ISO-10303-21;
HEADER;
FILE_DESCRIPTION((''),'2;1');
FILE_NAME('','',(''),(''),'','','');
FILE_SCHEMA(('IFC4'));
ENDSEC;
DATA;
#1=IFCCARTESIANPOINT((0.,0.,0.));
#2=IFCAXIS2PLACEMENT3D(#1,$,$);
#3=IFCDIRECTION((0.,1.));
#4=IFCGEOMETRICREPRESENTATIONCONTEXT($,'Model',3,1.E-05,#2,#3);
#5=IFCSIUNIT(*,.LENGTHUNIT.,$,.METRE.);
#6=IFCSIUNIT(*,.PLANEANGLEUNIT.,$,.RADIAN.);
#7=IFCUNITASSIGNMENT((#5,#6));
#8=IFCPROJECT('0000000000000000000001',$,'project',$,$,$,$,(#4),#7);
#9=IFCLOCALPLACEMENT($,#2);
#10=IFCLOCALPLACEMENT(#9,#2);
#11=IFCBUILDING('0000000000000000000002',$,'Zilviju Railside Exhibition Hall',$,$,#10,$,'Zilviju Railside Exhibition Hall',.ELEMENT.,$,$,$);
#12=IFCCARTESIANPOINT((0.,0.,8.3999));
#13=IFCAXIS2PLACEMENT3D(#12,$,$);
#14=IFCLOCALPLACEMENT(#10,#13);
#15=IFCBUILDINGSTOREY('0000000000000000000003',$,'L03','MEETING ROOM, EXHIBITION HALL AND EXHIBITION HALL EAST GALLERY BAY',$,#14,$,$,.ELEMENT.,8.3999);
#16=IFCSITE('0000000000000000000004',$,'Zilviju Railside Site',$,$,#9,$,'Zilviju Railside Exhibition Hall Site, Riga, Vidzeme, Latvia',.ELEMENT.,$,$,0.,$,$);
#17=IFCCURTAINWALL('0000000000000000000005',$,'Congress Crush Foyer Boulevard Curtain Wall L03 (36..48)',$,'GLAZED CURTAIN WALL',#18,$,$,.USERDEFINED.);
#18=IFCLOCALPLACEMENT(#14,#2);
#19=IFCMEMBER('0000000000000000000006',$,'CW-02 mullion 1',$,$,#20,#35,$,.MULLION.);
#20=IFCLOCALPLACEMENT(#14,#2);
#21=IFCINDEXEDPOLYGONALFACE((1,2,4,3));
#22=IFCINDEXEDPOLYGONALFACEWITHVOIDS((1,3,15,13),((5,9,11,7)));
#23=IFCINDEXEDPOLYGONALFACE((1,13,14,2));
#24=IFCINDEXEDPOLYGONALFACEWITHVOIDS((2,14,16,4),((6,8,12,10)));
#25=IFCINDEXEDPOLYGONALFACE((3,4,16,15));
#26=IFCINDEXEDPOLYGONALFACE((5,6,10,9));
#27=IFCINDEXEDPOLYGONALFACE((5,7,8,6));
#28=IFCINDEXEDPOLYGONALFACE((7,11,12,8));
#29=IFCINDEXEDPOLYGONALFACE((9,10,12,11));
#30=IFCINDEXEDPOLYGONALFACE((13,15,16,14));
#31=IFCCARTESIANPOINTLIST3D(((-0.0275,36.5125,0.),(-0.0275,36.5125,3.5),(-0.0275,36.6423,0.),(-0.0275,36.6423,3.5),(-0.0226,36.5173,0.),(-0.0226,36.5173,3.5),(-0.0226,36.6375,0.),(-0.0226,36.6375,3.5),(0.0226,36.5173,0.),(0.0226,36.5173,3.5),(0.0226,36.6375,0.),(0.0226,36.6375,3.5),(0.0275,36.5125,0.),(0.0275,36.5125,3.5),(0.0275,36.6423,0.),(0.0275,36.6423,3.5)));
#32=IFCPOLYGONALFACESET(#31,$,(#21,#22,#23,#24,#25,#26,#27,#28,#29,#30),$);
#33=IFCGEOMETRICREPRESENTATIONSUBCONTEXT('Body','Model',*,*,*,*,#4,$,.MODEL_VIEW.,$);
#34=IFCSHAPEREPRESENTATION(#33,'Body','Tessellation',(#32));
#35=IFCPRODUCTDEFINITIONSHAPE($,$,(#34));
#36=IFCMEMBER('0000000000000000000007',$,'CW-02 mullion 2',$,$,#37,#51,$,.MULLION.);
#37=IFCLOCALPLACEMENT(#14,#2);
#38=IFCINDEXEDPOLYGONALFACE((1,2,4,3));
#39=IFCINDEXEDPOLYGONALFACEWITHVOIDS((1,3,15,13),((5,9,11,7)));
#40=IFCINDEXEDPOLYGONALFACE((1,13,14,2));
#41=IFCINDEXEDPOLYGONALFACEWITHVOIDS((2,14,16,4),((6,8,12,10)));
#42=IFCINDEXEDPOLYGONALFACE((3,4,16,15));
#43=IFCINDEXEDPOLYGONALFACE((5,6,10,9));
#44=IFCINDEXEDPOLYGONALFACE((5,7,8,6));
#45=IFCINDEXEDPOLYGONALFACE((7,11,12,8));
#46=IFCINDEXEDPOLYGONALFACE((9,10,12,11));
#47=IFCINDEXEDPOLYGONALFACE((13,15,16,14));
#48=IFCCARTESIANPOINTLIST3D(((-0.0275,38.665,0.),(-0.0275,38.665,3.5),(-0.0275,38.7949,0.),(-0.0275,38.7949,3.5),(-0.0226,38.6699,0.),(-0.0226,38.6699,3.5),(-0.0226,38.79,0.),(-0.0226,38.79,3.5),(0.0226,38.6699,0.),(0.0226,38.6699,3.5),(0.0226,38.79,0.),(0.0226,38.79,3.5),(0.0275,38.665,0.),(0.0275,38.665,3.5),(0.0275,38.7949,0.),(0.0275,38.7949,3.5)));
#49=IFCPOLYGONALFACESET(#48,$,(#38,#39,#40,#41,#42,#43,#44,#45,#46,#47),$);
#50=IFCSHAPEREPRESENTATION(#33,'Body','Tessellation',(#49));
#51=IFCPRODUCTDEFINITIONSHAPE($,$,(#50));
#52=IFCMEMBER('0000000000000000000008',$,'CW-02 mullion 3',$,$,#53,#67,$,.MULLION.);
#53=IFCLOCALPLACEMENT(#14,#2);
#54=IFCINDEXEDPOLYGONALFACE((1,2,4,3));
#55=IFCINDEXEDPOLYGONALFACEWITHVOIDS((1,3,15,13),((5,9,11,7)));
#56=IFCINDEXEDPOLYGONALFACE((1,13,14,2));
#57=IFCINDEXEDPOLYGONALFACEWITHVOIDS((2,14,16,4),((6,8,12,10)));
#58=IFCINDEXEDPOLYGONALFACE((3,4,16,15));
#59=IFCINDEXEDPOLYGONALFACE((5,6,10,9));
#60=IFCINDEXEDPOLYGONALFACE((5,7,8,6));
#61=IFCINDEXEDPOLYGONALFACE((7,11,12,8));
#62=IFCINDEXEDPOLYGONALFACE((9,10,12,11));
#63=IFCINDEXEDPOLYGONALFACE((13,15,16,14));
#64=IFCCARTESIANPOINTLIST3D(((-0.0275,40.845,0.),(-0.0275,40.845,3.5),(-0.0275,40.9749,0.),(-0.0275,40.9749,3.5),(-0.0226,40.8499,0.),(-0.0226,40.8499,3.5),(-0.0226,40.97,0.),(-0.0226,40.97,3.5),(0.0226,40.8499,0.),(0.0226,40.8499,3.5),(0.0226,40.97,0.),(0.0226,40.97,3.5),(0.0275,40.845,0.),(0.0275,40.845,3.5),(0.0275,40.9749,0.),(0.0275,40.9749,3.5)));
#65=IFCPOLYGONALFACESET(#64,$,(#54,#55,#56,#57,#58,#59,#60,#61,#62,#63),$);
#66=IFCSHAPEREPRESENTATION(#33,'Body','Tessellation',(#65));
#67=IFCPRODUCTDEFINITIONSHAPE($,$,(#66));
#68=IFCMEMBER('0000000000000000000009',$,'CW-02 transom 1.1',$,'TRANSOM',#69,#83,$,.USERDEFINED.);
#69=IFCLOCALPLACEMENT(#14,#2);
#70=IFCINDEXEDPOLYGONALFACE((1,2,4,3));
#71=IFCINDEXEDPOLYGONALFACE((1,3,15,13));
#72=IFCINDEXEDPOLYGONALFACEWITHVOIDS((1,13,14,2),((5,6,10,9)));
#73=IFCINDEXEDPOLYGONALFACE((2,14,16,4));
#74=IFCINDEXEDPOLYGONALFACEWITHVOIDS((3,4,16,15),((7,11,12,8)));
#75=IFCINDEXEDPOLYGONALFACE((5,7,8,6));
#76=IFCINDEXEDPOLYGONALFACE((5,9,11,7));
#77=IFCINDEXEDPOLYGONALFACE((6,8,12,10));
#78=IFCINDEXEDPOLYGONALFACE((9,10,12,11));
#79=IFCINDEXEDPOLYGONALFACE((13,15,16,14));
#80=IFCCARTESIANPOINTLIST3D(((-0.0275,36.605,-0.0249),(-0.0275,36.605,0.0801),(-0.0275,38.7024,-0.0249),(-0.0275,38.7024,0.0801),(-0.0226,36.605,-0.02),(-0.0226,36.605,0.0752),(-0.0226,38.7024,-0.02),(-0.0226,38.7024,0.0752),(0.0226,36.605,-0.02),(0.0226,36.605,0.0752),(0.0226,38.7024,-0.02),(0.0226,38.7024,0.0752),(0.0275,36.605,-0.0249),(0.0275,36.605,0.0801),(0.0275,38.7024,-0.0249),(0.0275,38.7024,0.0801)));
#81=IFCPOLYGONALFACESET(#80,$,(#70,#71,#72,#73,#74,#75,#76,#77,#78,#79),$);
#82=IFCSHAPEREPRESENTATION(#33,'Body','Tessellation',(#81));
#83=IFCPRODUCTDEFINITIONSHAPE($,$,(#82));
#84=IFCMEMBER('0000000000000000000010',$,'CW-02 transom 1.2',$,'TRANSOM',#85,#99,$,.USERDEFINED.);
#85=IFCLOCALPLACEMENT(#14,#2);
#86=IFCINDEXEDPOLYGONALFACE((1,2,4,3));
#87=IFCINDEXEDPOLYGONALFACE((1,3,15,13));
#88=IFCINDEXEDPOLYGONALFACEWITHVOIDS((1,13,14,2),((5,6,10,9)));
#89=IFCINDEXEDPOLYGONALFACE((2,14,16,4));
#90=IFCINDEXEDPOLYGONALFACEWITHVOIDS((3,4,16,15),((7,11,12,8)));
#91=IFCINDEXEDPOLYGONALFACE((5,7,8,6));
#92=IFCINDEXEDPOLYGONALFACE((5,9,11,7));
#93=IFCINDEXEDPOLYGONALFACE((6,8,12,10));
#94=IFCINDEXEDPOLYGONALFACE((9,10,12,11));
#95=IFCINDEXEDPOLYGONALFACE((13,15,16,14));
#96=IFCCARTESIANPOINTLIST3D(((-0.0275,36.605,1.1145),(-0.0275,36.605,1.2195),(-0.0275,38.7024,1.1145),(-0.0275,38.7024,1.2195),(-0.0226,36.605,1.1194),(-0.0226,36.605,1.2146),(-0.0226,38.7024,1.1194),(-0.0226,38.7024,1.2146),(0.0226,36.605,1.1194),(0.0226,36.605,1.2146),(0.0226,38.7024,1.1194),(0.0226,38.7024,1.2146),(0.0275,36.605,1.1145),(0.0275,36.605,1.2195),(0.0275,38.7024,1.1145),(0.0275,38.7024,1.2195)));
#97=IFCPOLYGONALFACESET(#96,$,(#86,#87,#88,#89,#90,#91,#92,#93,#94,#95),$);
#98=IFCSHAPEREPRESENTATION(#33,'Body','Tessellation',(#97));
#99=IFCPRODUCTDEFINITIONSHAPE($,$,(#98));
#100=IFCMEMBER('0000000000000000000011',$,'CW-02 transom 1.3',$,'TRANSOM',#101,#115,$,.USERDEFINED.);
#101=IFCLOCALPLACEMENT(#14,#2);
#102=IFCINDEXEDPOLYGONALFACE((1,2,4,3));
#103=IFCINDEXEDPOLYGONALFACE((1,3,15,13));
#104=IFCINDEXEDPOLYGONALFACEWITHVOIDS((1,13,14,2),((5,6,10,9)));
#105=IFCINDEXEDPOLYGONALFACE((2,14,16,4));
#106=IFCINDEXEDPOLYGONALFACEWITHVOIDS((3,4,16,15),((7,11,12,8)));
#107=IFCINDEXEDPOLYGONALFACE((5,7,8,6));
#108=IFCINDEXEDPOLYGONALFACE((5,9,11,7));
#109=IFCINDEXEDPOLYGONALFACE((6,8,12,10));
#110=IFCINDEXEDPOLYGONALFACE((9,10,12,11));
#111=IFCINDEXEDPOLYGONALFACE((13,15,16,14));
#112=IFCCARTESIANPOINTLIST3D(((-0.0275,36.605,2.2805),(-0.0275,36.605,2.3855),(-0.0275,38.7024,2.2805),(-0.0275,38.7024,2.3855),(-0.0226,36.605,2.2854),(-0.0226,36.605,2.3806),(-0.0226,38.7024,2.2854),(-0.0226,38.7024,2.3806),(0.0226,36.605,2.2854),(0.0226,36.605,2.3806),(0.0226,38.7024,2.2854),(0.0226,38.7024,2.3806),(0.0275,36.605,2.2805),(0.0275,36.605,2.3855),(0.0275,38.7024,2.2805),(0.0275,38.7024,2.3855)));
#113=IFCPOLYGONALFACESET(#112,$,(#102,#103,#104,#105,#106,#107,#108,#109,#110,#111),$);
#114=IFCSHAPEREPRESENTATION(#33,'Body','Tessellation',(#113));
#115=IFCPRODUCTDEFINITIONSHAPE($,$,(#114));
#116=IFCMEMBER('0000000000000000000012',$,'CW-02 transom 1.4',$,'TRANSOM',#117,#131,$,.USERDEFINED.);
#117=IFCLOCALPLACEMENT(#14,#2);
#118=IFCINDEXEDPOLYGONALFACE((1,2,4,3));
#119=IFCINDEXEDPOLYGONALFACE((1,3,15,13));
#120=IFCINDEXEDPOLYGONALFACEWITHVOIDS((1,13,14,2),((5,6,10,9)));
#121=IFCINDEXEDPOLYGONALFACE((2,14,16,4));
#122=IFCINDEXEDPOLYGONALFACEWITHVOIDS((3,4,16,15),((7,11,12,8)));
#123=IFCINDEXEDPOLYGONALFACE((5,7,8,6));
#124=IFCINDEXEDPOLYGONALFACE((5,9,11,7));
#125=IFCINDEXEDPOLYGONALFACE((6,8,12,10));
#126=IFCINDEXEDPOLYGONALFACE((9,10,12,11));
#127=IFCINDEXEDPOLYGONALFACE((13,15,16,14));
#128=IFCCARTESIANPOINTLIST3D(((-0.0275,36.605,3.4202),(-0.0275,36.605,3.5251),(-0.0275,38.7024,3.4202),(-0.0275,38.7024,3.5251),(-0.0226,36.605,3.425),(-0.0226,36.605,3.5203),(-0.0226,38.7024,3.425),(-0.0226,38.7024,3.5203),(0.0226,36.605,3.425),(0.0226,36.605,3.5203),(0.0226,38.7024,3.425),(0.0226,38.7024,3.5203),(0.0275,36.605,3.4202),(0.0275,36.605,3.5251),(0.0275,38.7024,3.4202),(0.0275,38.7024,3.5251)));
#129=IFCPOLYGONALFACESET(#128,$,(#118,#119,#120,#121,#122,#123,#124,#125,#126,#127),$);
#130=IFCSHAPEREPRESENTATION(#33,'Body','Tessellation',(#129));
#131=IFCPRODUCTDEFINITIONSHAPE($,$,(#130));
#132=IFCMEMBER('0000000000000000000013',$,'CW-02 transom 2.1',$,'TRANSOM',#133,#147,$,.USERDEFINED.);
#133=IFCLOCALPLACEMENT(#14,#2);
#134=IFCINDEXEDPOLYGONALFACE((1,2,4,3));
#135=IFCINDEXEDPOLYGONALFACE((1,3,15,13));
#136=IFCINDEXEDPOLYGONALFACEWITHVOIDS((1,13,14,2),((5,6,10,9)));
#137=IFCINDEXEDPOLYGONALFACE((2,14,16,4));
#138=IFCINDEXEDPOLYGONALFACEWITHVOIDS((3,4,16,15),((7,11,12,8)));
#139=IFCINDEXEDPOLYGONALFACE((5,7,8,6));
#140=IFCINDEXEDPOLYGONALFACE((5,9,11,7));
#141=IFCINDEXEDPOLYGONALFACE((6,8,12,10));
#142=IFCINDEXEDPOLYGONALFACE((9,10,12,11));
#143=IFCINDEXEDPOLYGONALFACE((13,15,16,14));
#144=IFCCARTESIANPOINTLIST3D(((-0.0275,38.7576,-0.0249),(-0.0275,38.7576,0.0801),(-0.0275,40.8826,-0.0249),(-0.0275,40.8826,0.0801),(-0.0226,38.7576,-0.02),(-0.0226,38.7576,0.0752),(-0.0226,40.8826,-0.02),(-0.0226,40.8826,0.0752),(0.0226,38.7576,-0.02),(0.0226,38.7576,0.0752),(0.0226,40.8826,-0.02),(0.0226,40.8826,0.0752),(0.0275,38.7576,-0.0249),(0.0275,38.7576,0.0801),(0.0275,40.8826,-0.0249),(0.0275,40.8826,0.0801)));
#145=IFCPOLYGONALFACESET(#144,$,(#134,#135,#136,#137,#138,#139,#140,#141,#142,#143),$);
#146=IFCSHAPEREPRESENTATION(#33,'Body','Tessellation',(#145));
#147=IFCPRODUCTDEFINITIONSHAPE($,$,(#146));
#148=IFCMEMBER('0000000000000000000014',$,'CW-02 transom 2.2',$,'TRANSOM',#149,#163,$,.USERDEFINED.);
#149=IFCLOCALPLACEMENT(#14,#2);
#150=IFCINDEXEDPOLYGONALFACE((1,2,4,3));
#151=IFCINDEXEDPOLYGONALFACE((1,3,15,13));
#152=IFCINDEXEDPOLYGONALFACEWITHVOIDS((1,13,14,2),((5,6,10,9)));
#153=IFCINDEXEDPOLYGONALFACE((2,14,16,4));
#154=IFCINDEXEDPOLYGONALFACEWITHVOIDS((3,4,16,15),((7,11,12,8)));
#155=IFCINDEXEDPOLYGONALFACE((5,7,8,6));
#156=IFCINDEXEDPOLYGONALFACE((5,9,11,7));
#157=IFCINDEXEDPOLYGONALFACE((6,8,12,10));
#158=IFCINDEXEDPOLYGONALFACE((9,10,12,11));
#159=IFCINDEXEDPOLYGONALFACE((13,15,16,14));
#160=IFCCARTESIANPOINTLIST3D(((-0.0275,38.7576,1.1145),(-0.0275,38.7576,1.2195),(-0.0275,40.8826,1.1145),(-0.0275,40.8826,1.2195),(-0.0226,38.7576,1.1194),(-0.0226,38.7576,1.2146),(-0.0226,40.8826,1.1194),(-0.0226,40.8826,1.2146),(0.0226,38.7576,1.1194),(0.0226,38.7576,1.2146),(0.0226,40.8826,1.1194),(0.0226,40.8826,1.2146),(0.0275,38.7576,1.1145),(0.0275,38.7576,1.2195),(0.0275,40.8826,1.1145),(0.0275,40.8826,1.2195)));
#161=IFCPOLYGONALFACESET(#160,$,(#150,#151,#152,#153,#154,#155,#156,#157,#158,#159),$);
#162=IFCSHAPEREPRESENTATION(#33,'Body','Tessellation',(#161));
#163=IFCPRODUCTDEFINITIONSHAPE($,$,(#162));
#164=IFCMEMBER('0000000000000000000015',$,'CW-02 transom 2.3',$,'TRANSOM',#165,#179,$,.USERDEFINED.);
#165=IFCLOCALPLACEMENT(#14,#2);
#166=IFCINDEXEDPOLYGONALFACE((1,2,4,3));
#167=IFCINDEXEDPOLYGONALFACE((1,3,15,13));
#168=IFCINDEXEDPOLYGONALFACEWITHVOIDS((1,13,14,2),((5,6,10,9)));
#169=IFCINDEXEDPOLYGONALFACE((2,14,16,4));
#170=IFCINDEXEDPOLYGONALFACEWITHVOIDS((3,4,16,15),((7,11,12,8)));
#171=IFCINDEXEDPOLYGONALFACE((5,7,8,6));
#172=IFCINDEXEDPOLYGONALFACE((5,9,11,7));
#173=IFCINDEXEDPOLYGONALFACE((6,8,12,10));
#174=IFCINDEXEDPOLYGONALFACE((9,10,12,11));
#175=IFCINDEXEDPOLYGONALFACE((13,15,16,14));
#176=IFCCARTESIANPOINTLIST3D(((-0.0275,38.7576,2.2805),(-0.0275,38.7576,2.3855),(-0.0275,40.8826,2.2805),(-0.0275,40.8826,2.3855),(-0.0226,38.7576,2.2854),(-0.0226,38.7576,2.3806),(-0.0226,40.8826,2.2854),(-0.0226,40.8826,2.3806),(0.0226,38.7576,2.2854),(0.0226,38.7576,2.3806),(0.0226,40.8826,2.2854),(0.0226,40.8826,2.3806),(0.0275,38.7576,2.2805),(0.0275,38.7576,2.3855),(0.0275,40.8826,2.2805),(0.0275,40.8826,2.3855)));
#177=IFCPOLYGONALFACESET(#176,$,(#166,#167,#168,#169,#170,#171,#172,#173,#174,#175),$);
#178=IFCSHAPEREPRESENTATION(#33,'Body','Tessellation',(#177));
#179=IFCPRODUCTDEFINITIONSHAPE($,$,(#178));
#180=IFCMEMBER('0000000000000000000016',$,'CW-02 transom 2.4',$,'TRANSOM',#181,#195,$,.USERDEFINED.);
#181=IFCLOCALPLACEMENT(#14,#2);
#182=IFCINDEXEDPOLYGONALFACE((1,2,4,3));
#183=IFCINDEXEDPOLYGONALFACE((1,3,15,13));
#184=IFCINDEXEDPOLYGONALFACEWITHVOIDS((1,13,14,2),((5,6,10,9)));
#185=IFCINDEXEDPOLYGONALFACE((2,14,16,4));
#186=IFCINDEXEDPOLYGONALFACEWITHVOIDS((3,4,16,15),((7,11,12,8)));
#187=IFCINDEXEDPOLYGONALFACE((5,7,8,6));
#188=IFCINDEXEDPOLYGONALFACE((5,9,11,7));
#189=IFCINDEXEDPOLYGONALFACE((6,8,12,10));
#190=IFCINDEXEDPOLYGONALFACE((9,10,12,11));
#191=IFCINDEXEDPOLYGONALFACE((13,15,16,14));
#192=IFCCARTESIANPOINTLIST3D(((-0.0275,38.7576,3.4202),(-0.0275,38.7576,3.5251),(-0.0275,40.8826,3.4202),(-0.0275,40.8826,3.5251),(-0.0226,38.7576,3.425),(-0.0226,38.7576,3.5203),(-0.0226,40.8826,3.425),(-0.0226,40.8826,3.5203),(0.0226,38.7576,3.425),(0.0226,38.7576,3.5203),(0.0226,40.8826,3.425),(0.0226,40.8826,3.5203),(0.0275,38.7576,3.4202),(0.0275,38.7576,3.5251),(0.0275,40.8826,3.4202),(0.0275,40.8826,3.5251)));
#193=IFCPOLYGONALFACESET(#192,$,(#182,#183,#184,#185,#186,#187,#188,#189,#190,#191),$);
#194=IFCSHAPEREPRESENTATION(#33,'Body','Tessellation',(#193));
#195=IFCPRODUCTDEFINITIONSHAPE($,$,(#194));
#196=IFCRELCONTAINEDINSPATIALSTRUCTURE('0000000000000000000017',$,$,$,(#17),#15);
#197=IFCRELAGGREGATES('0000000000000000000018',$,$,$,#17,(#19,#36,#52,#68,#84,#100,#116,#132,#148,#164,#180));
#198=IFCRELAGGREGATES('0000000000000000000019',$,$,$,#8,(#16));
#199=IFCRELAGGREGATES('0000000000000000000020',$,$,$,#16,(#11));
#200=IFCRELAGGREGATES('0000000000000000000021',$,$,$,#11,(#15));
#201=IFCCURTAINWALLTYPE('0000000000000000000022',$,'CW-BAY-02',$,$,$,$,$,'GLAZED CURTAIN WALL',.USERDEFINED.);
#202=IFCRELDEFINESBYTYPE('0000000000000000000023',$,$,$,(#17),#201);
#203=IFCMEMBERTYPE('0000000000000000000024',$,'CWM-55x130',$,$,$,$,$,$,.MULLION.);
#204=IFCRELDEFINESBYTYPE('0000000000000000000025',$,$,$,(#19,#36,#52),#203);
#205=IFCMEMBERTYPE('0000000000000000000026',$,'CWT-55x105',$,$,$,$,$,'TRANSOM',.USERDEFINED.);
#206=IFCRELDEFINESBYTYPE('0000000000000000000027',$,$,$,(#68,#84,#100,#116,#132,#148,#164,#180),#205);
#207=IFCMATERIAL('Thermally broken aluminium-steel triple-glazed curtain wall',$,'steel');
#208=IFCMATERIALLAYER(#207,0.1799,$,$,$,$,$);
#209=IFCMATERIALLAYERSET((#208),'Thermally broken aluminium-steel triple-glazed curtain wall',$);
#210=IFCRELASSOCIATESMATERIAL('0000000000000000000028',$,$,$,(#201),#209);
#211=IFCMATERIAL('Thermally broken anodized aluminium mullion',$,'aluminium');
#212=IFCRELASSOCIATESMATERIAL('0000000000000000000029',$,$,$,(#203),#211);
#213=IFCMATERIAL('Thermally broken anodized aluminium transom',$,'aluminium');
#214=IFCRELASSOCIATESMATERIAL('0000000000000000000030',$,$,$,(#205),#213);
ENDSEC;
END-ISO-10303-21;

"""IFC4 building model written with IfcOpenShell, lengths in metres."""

from ifc_helpers import new_model, si_unit, direction, frame, origin, origin_2d, place, context, subcontext, project, spatial, hollow_rectangle, extrude, material, layer, layer_set, material_profile, profile_set, type_object, element, aggregate, save


model = new_model("IFC4")

# Units and contexts
model_context = context("Model", 3, precision=1e-05, world=origin(), true_north=direction((0.0, 1.0)))
body_context = subcontext(model_context, "Body", "Model", "MODEL_VIEW")
ifc_project = project(units=[si_unit("LENGTHUNIT", "METRE"), si_unit("PLANEANGLEUNIT", "RADIAN")], contexts=[model_context])

# Site, building, storey
site_placement = place(None, origin())
site = spatial("IfcSite", under=ifc_project, at=site_placement, Name="Zilviju Railside Site", LongName="Zilviju Railside Exhibition Hall Site, Riga, Vidzeme, Latvia", CompositionType="ELEMENT", RefElevation=0.0)
building_placement = place(site_placement, origin())
building = spatial("IfcBuilding", under=site, at=building_placement, Name="Zilviju Railside Exhibition Hall", LongName="Zilviju Railside Exhibition Hall", CompositionType="ELEMENT")
storey_placement = place(building_placement, frame((0.0, 0.0, 8.3999)))
storey = spatial("IfcBuildingStorey", under=building, at=storey_placement, Name="L03", Description="MEETING ROOM, EXHIBITION HALL AND EXHIBITION HALL EAST GALLERY BAY", CompositionType="ELEMENT", Elevation=8.3999)

# Curtain wall, members
ifc_material_1 = material(Name="Thermally broken aluminium-steel triple-glazed curtain wall", Category="steel")
ifc_layer_1 = layer(ifc_material_1, 0.1799)
ifc_layer_set_1 = layer_set([ifc_layer_1], Name="Thermally broken aluminium-steel triple-glazed curtain wall")
curtain_wall_type = type_object("IfcCurtainWallType", Name="CW-BAY-02", ElementType="GLAZED CURTAIN WALL", PredefinedType="USERDEFINED", material=ifc_layer_set_1)
curtain_wall_placement = place(storey_placement, origin())
curtain_wall = element("IfcCurtainWall", 1, at=curtain_wall_placement, inside=storey, type_object=curtain_wall_type, Name="Congress Crush Foyer Boulevard Curtain Wall L03 (36..48)", ObjectType="GLAZED CURTAIN WALL", PredefinedType="USERDEFINED")
ifc_material_2 = material(Name="Thermally broken anodized aluminium mullion", Category="aluminium")
ifc_material_profile_1 = material_profile(ifc_material_2, hollow_rectangle(XDim=0.0549, YDim=0.1299, WallThickness=0.0049, at=origin_2d()), Name="MULLION 130x55x5")
ifc_profile_set_1 = profile_set([ifc_material_profile_1], Name="Thermally broken anodized aluminium mullion")
member_type_1 = type_object("IfcMemberType", Name="CWM-55x130", PredefinedType="MULLION", material=ifc_profile_set_1)
member_1_placement = place(storey_placement, frame((0.0, 36.5774, 0.0), z_axis=(0.0, 0.0, 1.0), x_axis=(-1.0, 0.0, 0.0)))
member_1 = element("IfcMember", 2, at=member_1_placement, type_object=member_type_1, Name="CW-02 mullion 1", PredefinedType="MULLION", context=body_context, shape_type="SweptSolid", body=[
    extrude(hollow_rectangle(XDim=0.0549, YDim=0.1299, WallThickness=0.0049, at=origin_2d()), origin(), (0.0, 0.0, 1.0), 3.5),
])
member_2_placement = place(storey_placement, frame((0.0, 38.73, 0.0), z_axis=(0.0, 0.0, 1.0), x_axis=(-1.0, 0.0, 0.0)))
member_2 = element("IfcMember", 3, at=member_2_placement, type_object=member_type_1, Name="CW-02 mullion 2", PredefinedType="MULLION", context=body_context, shape_type="SweptSolid", body=[
    extrude(hollow_rectangle(XDim=0.0549, YDim=0.1299, WallThickness=0.0049, at=origin_2d()), origin(), (0.0, 0.0, 1.0), 3.5),
])
member_3_placement = place(storey_placement, frame((0.0, 40.9099, 0.0), z_axis=(0.0, 0.0, 1.0), x_axis=(-1.0, 0.0, 0.0)))
member_3 = element("IfcMember", 4, at=member_3_placement, type_object=member_type_1, Name="CW-02 mullion 3", PredefinedType="MULLION", context=body_context, shape_type="SweptSolid", body=[
    extrude(hollow_rectangle(XDim=0.0549, YDim=0.1299, WallThickness=0.0049, at=origin_2d()), origin(), (0.0, 0.0, 1.0), 3.5),
])
ifc_material_3 = material(Name="Thermally broken anodized aluminium transom", Category="aluminium")
ifc_material_profile_2 = material_profile(ifc_material_3, hollow_rectangle(XDim=0.0549, YDim=0.105, WallThickness=0.0049, at=origin_2d()), Name="TRANSOM 105x55x5")
ifc_profile_set_2 = profile_set([ifc_material_profile_2], Name="Thermally broken anodized aluminium transom")
member_type_2 = type_object("IfcMemberType", Name="CWT-55x105", ElementType="TRANSOM", PredefinedType="USERDEFINED", material=ifc_profile_set_2)
member_4_placement = place(storey_placement, frame((0.0, 36.605, 0.0276), z_axis=(0.0, 1.0, 0.0), x_axis=(-1.0, 0.0, 0.0)))
member_4 = element("IfcMember", 5, at=member_4_placement, type_object=member_type_2, Name="CW-02 transom 1.1", ObjectType="TRANSOM", PredefinedType="USERDEFINED", context=body_context, shape_type="SweptSolid", body=[
    extrude(hollow_rectangle(XDim=0.0549, YDim=0.105, WallThickness=0.0049, at=origin_2d()), origin(), (0.0, 0.0, 1.0), 2.0974),
])
member_5_placement = place(storey_placement, frame((0.0, 36.605, 1.167), z_axis=(0.0, 1.0, 0.0), x_axis=(-1.0, 0.0, 0.0)))
member_5 = element("IfcMember", 6, at=member_5_placement, type_object=member_type_2, Name="CW-02 transom 1.2", ObjectType="TRANSOM", PredefinedType="USERDEFINED", context=body_context, shape_type="SweptSolid", body=[
    extrude(hollow_rectangle(XDim=0.0549, YDim=0.105, WallThickness=0.0049, at=origin_2d()), origin(), (0.0, 0.0, 1.0), 2.0974),
])
member_6_placement = place(storey_placement, frame((0.0, 36.605, 2.333), z_axis=(0.0, 1.0, 0.0), x_axis=(-1.0, 0.0, 0.0)))
member_6 = element("IfcMember", 7, at=member_6_placement, type_object=member_type_2, Name="CW-02 transom 1.3", ObjectType="TRANSOM", PredefinedType="USERDEFINED", context=body_context, shape_type="SweptSolid", body=[
    extrude(hollow_rectangle(XDim=0.0549, YDim=0.105, WallThickness=0.0049, at=origin_2d()), origin(), (0.0, 0.0, 1.0), 2.0974),
])
member_7_placement = place(storey_placement, frame((0.0, 36.605, 3.4727), z_axis=(0.0, 1.0, 0.0), x_axis=(-1.0, 0.0, 0.0)))
member_7 = element("IfcMember", 8, at=member_7_placement, type_object=member_type_2, Name="CW-02 transom 1.4", ObjectType="TRANSOM", PredefinedType="USERDEFINED", context=body_context, shape_type="SweptSolid", body=[
    extrude(hollow_rectangle(XDim=0.0549, YDim=0.105, WallThickness=0.0049, at=origin_2d()), origin(), (0.0, 0.0, 1.0), 2.0974),
])
member_8_placement = place(storey_placement, frame((0.0, 38.7576, 0.0276), z_axis=(0.0, 1.0, 0.0), x_axis=(-1.0, 0.0, 0.0)))
member_8 = element("IfcMember", 9, at=member_8_placement, type_object=member_type_2, Name="CW-02 transom 2.1", ObjectType="TRANSOM", PredefinedType="USERDEFINED", context=body_context, shape_type="SweptSolid", body=[
    extrude(hollow_rectangle(XDim=0.0549, YDim=0.105, WallThickness=0.0049, at=origin_2d()), origin(), (0.0, 0.0, 1.0), 2.125),
])
member_9_placement = place(storey_placement, frame((0.0, 38.7576, 1.167), z_axis=(0.0, 1.0, 0.0), x_axis=(-1.0, 0.0, 0.0)))
member_9 = element("IfcMember", 10, at=member_9_placement, type_object=member_type_2, Name="CW-02 transom 2.2", ObjectType="TRANSOM", PredefinedType="USERDEFINED", context=body_context, shape_type="SweptSolid", body=[
    extrude(hollow_rectangle(XDim=0.0549, YDim=0.105, WallThickness=0.0049, at=origin_2d()), origin(), (0.0, 0.0, 1.0), 2.125),
])
member_10_placement = place(storey_placement, frame((0.0, 38.7576, 2.333), z_axis=(0.0, 1.0, 0.0), x_axis=(-1.0, 0.0, 0.0)))
member_10 = element("IfcMember", 11, at=member_10_placement, type_object=member_type_2, Name="CW-02 transom 2.3", ObjectType="TRANSOM", PredefinedType="USERDEFINED", context=body_context, shape_type="SweptSolid", body=[
    extrude(hollow_rectangle(XDim=0.0549, YDim=0.105, WallThickness=0.0049, at=origin_2d()), origin(), (0.0, 0.0, 1.0), 2.125),
])
member_11_placement = place(storey_placement, frame((0.0, 38.7576, 3.4727), z_axis=(0.0, 1.0, 0.0), x_axis=(-1.0, 0.0, 0.0)))
member_11 = element("IfcMember", 12, at=member_11_placement, type_object=member_type_2, Name="CW-02 transom 2.4", ObjectType="TRANSOM", PredefinedType="USERDEFINED", context=body_context, shape_type="SweptSolid", body=[
    extrude(hollow_rectangle(XDim=0.0549, YDim=0.105, WallThickness=0.0049, at=origin_2d()), origin(), (0.0, 0.0, 1.0), 2.125),
])
aggregate(curtain_wall, [member_1, member_2, member_3, member_4, member_5, member_6, member_7, member_8, member_9, member_10, member_11])

save(model, "model.ifc")
